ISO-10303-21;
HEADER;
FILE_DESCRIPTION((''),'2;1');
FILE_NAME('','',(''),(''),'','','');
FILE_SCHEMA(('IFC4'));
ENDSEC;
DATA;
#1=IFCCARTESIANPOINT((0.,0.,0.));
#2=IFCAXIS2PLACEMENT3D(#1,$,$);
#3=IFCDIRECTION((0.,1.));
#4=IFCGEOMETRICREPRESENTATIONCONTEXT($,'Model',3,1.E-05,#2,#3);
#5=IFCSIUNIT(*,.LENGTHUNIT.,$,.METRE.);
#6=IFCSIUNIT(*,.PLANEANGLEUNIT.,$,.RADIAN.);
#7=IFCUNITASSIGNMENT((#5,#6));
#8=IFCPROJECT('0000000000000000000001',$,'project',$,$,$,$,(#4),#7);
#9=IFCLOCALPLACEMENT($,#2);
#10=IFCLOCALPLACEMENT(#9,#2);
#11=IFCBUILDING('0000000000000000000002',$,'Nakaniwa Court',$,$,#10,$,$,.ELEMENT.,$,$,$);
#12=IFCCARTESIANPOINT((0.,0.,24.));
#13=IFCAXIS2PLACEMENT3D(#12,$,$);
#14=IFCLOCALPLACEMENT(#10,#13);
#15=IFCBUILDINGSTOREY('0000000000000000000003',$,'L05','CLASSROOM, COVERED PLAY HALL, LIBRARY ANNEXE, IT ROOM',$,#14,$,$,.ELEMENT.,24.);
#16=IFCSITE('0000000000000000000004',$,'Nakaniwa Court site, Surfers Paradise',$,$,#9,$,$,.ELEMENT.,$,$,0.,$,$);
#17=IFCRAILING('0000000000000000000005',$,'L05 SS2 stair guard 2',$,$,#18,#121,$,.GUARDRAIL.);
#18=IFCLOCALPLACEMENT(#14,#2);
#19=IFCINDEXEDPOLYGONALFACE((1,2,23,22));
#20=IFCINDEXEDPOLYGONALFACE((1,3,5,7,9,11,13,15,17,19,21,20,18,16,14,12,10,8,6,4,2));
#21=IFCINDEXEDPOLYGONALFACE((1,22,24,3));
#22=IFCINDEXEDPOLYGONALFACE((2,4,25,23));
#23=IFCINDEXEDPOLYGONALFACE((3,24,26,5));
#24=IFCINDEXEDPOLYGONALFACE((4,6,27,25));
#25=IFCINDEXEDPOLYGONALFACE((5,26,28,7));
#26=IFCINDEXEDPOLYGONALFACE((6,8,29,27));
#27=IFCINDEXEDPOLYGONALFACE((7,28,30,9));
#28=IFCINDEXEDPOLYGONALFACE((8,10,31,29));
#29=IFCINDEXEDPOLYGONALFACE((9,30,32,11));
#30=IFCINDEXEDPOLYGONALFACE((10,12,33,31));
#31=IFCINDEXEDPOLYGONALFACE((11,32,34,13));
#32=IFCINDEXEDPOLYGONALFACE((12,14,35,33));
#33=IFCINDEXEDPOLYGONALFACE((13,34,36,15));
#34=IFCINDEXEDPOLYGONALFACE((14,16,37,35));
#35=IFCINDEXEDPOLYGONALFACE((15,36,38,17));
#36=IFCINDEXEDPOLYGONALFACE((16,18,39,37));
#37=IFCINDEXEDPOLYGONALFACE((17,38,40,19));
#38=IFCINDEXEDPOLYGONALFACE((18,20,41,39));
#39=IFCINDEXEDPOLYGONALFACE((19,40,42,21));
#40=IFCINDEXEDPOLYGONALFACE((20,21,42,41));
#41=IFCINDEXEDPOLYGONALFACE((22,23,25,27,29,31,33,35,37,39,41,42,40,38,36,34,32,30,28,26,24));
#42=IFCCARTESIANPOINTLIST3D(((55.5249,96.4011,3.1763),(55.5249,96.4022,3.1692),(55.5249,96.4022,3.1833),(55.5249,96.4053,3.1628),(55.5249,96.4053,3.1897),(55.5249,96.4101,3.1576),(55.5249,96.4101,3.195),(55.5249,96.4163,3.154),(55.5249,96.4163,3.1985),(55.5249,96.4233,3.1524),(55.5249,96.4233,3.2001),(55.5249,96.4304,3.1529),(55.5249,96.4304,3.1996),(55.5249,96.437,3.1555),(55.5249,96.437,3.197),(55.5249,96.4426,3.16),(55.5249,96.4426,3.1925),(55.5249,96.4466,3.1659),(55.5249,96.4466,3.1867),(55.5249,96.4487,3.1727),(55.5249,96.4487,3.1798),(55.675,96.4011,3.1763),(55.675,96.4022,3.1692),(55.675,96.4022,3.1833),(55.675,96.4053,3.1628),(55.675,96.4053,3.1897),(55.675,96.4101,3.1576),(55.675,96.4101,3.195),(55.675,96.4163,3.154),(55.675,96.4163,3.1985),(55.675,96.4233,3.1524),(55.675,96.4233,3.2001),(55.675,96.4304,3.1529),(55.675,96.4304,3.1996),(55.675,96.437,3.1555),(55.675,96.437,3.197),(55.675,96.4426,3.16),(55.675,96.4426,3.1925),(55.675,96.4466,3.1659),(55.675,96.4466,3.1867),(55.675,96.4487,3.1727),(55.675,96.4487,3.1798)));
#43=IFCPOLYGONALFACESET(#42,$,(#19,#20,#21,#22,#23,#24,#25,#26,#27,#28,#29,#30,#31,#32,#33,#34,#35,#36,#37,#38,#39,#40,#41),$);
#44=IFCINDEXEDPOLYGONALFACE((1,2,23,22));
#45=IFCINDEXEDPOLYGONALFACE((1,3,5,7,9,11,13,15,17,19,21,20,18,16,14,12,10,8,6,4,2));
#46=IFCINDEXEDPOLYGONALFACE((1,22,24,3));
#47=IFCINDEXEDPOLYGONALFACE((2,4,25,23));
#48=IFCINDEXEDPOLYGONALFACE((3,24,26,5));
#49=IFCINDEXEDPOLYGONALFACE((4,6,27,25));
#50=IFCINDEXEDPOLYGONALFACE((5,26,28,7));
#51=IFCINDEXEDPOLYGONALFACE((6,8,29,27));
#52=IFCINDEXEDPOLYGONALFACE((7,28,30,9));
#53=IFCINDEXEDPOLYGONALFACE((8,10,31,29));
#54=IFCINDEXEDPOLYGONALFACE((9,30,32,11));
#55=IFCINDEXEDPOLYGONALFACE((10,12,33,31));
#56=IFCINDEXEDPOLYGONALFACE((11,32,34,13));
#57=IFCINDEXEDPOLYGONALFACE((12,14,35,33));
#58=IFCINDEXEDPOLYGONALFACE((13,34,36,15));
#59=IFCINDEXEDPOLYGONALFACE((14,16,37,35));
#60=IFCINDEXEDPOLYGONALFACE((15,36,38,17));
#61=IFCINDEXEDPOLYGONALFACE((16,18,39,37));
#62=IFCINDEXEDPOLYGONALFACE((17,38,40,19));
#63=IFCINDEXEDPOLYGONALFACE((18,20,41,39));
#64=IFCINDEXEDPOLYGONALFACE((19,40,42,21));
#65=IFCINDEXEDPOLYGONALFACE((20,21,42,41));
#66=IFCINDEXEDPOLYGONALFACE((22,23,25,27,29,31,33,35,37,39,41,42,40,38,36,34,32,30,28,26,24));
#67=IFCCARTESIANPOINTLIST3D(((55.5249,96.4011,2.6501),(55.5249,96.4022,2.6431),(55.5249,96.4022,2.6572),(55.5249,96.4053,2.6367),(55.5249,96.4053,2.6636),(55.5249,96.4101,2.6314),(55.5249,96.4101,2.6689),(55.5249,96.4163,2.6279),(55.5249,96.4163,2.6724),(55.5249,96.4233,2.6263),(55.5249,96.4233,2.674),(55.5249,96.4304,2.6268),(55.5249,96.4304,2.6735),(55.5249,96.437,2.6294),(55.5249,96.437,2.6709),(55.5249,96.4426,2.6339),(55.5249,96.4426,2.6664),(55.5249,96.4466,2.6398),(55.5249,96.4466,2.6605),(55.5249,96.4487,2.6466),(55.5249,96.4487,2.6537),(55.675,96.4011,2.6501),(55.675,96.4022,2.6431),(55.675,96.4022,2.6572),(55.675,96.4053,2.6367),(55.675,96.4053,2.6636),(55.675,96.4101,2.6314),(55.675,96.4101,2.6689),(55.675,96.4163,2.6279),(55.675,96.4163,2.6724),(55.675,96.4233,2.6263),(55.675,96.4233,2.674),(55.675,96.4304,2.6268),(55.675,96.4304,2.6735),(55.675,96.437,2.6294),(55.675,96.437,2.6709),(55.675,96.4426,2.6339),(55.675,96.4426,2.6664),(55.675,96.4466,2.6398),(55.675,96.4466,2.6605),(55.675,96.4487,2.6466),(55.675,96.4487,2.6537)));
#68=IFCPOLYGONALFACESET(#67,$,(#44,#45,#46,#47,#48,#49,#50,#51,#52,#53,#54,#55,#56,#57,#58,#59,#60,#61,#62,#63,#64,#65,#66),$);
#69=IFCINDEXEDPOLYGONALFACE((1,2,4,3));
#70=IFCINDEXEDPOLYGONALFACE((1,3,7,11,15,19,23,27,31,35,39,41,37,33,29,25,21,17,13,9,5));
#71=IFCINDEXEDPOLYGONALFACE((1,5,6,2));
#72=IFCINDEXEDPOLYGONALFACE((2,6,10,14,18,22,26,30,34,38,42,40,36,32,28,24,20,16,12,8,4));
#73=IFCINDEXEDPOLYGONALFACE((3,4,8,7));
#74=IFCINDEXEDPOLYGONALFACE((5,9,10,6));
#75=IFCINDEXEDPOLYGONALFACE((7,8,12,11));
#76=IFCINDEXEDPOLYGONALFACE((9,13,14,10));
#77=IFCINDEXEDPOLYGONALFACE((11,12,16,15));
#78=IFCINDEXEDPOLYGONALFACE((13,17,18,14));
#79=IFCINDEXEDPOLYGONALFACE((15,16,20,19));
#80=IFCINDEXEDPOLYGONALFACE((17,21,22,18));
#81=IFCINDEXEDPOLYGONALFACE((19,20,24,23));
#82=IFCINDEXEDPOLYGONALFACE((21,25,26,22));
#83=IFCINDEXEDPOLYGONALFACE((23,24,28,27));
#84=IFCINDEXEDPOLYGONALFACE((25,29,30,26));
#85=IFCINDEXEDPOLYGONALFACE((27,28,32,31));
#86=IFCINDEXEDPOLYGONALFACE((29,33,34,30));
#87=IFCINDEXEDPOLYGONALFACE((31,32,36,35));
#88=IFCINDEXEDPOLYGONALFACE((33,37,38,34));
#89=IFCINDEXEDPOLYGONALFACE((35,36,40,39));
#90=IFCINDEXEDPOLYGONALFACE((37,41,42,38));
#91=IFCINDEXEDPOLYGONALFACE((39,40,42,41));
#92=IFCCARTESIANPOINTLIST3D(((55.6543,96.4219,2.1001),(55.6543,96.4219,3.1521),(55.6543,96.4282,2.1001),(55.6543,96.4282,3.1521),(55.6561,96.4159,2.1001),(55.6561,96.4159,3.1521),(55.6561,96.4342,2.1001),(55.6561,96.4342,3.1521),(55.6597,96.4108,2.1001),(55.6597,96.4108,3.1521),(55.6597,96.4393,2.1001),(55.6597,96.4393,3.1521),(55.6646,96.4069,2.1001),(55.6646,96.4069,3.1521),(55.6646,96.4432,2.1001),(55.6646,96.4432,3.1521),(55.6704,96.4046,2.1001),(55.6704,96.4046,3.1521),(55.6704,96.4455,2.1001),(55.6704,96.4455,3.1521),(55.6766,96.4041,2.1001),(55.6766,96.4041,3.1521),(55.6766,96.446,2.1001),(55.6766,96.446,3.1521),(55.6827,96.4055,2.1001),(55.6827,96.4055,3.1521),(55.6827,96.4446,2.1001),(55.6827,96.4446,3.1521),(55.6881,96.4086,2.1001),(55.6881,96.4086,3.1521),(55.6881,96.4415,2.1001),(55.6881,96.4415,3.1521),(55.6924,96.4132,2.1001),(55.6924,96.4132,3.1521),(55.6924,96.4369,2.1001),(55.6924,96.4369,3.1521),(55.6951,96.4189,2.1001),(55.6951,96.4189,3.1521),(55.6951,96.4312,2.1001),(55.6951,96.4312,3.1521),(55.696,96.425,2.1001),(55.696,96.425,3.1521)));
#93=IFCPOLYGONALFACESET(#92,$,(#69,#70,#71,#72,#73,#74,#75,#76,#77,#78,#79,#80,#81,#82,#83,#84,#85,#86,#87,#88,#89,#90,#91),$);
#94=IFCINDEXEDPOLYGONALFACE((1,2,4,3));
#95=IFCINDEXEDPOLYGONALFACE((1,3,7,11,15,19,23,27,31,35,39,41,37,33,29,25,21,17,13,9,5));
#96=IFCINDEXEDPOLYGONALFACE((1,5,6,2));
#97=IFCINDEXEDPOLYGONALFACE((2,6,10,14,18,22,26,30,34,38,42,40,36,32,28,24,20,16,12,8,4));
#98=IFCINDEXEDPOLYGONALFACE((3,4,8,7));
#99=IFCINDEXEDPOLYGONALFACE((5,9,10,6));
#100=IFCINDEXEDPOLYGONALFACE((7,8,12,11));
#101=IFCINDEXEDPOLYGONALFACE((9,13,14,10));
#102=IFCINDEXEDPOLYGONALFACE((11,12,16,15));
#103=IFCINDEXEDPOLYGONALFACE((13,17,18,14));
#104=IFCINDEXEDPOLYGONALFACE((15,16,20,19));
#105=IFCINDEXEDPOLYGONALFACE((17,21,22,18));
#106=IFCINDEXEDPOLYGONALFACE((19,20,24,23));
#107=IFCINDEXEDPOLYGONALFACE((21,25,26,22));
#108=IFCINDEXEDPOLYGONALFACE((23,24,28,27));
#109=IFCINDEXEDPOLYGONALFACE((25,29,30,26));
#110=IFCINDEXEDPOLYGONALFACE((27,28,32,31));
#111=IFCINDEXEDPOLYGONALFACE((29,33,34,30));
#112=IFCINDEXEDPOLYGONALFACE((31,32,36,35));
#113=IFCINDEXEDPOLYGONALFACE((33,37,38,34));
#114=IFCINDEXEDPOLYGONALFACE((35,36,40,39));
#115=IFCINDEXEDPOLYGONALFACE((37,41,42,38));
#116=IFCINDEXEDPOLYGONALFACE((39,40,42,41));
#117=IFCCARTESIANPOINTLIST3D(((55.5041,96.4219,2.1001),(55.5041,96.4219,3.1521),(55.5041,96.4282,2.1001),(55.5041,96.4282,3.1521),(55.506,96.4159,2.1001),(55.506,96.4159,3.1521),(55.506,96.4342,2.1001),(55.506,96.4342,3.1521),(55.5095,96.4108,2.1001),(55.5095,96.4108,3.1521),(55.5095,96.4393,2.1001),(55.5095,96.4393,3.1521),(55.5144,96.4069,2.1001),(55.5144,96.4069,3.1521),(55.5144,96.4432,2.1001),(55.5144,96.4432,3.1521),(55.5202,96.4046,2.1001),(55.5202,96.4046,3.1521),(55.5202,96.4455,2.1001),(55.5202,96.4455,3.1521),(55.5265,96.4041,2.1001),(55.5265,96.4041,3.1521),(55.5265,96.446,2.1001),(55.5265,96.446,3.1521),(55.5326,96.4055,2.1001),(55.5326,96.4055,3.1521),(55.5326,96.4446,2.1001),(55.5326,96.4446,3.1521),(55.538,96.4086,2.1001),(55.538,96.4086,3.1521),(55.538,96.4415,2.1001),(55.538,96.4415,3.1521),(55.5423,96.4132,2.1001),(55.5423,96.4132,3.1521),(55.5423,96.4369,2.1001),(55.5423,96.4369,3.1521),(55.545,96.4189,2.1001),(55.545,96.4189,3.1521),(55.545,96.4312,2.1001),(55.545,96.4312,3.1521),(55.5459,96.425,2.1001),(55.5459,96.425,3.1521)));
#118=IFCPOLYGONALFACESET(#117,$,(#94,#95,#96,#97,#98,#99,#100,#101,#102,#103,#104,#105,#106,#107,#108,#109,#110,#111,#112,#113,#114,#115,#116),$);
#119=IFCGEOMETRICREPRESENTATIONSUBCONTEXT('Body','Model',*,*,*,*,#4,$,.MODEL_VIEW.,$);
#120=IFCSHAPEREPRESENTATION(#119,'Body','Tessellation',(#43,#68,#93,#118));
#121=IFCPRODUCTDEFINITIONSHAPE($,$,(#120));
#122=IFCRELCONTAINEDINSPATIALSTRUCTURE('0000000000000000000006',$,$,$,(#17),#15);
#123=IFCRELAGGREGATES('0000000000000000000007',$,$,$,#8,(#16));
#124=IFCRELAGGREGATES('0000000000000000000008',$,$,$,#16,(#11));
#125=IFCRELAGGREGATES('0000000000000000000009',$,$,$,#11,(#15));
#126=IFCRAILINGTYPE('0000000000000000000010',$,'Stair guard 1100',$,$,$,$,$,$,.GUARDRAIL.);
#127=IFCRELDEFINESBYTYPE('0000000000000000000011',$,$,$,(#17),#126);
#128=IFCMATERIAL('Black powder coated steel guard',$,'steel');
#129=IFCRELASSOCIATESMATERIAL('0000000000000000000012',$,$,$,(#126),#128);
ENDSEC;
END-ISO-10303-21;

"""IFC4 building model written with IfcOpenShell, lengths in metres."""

from ifc_helpers import new_model, si_unit, direction, frame, origin, origin_2d, place, context, subcontext, project, spatial, circle, extrude, material, type_object, element, save


model = new_model("IFC4")

# Units and contexts
model_context = context("Model", 3, precision=1e-05, world=origin(), true_north=direction((0.0, 1.0)))
body_context = subcontext(model_context, "Body", "Model", "MODEL_VIEW")
ifc_project = project(units=[si_unit("LENGTHUNIT", "METRE"), si_unit("PLANEANGLEUNIT", "RADIAN")], contexts=[model_context])

# Site, building, storey
site_placement = place(None, origin())
site = spatial("IfcSite", under=ifc_project, at=site_placement, Name="Nakaniwa Court site, Surfers Paradise", CompositionType="ELEMENT", RefElevation=0.0)
building_placement = place(site_placement, origin())
building = spatial("IfcBuilding", under=site, at=building_placement, Name="Nakaniwa Court", CompositionType="ELEMENT")
storey_placement = place(building_placement, frame((0.0, 0.0, 24.0)))
storey = spatial("IfcBuildingStorey", under=building, at=storey_placement, Name="L05", Description="CLASSROOM, COVERED PLAY HALL, LIBRARY ANNEXE, IT ROOM", CompositionType="ELEMENT", Elevation=24.0)

# Railing
ifc_material_1 = material(Name="Black powder coated steel guard", Category="steel")
railing_type_1 = type_object("IfcRailingType", Name="Stair guard 1100", PredefinedType="GUARDRAIL", material=ifc_material_1)
railing_1_placement = place(storey_placement, frame((55.675, 96.425, 2.1001)))
element("IfcRailing", 1, at=railing_1_placement, inside=storey, type_object=railing_type_1, Name="L05 SS2 stair guard 2", PredefinedType="GUARDRAIL", context=body_context, shape_type="SweptSolid", body=[
    extrude(circle(Radius=0.0239, at=origin_2d()), frame((0.0, 0.0, 1.0762), z_axis=(-1.0, 0.0, 0.0), x_axis=(0.0, -1.0, 0.0)), (0.0, 0.0, 1.0), 0.1501),
    extrude(circle(Radius=0.0239, at=origin_2d()), frame((0.0, 0.0, 0.55), z_axis=(-1.0, 0.0, 0.0), x_axis=(0.0, -1.0, 0.0)), (0.0, 0.0, 1.0), 0.1501),
    extrude(circle(Radius=0.021, at=origin_2d()), origin(), (0.0, 0.0, 1.0), 1.052),
    extrude(circle(Radius=0.021, at=origin_2d()), frame((-0.1501, 0.0, 0.0)), (0.0, 0.0, 1.0), 1.052),
])

save(model, "model.ifc")
